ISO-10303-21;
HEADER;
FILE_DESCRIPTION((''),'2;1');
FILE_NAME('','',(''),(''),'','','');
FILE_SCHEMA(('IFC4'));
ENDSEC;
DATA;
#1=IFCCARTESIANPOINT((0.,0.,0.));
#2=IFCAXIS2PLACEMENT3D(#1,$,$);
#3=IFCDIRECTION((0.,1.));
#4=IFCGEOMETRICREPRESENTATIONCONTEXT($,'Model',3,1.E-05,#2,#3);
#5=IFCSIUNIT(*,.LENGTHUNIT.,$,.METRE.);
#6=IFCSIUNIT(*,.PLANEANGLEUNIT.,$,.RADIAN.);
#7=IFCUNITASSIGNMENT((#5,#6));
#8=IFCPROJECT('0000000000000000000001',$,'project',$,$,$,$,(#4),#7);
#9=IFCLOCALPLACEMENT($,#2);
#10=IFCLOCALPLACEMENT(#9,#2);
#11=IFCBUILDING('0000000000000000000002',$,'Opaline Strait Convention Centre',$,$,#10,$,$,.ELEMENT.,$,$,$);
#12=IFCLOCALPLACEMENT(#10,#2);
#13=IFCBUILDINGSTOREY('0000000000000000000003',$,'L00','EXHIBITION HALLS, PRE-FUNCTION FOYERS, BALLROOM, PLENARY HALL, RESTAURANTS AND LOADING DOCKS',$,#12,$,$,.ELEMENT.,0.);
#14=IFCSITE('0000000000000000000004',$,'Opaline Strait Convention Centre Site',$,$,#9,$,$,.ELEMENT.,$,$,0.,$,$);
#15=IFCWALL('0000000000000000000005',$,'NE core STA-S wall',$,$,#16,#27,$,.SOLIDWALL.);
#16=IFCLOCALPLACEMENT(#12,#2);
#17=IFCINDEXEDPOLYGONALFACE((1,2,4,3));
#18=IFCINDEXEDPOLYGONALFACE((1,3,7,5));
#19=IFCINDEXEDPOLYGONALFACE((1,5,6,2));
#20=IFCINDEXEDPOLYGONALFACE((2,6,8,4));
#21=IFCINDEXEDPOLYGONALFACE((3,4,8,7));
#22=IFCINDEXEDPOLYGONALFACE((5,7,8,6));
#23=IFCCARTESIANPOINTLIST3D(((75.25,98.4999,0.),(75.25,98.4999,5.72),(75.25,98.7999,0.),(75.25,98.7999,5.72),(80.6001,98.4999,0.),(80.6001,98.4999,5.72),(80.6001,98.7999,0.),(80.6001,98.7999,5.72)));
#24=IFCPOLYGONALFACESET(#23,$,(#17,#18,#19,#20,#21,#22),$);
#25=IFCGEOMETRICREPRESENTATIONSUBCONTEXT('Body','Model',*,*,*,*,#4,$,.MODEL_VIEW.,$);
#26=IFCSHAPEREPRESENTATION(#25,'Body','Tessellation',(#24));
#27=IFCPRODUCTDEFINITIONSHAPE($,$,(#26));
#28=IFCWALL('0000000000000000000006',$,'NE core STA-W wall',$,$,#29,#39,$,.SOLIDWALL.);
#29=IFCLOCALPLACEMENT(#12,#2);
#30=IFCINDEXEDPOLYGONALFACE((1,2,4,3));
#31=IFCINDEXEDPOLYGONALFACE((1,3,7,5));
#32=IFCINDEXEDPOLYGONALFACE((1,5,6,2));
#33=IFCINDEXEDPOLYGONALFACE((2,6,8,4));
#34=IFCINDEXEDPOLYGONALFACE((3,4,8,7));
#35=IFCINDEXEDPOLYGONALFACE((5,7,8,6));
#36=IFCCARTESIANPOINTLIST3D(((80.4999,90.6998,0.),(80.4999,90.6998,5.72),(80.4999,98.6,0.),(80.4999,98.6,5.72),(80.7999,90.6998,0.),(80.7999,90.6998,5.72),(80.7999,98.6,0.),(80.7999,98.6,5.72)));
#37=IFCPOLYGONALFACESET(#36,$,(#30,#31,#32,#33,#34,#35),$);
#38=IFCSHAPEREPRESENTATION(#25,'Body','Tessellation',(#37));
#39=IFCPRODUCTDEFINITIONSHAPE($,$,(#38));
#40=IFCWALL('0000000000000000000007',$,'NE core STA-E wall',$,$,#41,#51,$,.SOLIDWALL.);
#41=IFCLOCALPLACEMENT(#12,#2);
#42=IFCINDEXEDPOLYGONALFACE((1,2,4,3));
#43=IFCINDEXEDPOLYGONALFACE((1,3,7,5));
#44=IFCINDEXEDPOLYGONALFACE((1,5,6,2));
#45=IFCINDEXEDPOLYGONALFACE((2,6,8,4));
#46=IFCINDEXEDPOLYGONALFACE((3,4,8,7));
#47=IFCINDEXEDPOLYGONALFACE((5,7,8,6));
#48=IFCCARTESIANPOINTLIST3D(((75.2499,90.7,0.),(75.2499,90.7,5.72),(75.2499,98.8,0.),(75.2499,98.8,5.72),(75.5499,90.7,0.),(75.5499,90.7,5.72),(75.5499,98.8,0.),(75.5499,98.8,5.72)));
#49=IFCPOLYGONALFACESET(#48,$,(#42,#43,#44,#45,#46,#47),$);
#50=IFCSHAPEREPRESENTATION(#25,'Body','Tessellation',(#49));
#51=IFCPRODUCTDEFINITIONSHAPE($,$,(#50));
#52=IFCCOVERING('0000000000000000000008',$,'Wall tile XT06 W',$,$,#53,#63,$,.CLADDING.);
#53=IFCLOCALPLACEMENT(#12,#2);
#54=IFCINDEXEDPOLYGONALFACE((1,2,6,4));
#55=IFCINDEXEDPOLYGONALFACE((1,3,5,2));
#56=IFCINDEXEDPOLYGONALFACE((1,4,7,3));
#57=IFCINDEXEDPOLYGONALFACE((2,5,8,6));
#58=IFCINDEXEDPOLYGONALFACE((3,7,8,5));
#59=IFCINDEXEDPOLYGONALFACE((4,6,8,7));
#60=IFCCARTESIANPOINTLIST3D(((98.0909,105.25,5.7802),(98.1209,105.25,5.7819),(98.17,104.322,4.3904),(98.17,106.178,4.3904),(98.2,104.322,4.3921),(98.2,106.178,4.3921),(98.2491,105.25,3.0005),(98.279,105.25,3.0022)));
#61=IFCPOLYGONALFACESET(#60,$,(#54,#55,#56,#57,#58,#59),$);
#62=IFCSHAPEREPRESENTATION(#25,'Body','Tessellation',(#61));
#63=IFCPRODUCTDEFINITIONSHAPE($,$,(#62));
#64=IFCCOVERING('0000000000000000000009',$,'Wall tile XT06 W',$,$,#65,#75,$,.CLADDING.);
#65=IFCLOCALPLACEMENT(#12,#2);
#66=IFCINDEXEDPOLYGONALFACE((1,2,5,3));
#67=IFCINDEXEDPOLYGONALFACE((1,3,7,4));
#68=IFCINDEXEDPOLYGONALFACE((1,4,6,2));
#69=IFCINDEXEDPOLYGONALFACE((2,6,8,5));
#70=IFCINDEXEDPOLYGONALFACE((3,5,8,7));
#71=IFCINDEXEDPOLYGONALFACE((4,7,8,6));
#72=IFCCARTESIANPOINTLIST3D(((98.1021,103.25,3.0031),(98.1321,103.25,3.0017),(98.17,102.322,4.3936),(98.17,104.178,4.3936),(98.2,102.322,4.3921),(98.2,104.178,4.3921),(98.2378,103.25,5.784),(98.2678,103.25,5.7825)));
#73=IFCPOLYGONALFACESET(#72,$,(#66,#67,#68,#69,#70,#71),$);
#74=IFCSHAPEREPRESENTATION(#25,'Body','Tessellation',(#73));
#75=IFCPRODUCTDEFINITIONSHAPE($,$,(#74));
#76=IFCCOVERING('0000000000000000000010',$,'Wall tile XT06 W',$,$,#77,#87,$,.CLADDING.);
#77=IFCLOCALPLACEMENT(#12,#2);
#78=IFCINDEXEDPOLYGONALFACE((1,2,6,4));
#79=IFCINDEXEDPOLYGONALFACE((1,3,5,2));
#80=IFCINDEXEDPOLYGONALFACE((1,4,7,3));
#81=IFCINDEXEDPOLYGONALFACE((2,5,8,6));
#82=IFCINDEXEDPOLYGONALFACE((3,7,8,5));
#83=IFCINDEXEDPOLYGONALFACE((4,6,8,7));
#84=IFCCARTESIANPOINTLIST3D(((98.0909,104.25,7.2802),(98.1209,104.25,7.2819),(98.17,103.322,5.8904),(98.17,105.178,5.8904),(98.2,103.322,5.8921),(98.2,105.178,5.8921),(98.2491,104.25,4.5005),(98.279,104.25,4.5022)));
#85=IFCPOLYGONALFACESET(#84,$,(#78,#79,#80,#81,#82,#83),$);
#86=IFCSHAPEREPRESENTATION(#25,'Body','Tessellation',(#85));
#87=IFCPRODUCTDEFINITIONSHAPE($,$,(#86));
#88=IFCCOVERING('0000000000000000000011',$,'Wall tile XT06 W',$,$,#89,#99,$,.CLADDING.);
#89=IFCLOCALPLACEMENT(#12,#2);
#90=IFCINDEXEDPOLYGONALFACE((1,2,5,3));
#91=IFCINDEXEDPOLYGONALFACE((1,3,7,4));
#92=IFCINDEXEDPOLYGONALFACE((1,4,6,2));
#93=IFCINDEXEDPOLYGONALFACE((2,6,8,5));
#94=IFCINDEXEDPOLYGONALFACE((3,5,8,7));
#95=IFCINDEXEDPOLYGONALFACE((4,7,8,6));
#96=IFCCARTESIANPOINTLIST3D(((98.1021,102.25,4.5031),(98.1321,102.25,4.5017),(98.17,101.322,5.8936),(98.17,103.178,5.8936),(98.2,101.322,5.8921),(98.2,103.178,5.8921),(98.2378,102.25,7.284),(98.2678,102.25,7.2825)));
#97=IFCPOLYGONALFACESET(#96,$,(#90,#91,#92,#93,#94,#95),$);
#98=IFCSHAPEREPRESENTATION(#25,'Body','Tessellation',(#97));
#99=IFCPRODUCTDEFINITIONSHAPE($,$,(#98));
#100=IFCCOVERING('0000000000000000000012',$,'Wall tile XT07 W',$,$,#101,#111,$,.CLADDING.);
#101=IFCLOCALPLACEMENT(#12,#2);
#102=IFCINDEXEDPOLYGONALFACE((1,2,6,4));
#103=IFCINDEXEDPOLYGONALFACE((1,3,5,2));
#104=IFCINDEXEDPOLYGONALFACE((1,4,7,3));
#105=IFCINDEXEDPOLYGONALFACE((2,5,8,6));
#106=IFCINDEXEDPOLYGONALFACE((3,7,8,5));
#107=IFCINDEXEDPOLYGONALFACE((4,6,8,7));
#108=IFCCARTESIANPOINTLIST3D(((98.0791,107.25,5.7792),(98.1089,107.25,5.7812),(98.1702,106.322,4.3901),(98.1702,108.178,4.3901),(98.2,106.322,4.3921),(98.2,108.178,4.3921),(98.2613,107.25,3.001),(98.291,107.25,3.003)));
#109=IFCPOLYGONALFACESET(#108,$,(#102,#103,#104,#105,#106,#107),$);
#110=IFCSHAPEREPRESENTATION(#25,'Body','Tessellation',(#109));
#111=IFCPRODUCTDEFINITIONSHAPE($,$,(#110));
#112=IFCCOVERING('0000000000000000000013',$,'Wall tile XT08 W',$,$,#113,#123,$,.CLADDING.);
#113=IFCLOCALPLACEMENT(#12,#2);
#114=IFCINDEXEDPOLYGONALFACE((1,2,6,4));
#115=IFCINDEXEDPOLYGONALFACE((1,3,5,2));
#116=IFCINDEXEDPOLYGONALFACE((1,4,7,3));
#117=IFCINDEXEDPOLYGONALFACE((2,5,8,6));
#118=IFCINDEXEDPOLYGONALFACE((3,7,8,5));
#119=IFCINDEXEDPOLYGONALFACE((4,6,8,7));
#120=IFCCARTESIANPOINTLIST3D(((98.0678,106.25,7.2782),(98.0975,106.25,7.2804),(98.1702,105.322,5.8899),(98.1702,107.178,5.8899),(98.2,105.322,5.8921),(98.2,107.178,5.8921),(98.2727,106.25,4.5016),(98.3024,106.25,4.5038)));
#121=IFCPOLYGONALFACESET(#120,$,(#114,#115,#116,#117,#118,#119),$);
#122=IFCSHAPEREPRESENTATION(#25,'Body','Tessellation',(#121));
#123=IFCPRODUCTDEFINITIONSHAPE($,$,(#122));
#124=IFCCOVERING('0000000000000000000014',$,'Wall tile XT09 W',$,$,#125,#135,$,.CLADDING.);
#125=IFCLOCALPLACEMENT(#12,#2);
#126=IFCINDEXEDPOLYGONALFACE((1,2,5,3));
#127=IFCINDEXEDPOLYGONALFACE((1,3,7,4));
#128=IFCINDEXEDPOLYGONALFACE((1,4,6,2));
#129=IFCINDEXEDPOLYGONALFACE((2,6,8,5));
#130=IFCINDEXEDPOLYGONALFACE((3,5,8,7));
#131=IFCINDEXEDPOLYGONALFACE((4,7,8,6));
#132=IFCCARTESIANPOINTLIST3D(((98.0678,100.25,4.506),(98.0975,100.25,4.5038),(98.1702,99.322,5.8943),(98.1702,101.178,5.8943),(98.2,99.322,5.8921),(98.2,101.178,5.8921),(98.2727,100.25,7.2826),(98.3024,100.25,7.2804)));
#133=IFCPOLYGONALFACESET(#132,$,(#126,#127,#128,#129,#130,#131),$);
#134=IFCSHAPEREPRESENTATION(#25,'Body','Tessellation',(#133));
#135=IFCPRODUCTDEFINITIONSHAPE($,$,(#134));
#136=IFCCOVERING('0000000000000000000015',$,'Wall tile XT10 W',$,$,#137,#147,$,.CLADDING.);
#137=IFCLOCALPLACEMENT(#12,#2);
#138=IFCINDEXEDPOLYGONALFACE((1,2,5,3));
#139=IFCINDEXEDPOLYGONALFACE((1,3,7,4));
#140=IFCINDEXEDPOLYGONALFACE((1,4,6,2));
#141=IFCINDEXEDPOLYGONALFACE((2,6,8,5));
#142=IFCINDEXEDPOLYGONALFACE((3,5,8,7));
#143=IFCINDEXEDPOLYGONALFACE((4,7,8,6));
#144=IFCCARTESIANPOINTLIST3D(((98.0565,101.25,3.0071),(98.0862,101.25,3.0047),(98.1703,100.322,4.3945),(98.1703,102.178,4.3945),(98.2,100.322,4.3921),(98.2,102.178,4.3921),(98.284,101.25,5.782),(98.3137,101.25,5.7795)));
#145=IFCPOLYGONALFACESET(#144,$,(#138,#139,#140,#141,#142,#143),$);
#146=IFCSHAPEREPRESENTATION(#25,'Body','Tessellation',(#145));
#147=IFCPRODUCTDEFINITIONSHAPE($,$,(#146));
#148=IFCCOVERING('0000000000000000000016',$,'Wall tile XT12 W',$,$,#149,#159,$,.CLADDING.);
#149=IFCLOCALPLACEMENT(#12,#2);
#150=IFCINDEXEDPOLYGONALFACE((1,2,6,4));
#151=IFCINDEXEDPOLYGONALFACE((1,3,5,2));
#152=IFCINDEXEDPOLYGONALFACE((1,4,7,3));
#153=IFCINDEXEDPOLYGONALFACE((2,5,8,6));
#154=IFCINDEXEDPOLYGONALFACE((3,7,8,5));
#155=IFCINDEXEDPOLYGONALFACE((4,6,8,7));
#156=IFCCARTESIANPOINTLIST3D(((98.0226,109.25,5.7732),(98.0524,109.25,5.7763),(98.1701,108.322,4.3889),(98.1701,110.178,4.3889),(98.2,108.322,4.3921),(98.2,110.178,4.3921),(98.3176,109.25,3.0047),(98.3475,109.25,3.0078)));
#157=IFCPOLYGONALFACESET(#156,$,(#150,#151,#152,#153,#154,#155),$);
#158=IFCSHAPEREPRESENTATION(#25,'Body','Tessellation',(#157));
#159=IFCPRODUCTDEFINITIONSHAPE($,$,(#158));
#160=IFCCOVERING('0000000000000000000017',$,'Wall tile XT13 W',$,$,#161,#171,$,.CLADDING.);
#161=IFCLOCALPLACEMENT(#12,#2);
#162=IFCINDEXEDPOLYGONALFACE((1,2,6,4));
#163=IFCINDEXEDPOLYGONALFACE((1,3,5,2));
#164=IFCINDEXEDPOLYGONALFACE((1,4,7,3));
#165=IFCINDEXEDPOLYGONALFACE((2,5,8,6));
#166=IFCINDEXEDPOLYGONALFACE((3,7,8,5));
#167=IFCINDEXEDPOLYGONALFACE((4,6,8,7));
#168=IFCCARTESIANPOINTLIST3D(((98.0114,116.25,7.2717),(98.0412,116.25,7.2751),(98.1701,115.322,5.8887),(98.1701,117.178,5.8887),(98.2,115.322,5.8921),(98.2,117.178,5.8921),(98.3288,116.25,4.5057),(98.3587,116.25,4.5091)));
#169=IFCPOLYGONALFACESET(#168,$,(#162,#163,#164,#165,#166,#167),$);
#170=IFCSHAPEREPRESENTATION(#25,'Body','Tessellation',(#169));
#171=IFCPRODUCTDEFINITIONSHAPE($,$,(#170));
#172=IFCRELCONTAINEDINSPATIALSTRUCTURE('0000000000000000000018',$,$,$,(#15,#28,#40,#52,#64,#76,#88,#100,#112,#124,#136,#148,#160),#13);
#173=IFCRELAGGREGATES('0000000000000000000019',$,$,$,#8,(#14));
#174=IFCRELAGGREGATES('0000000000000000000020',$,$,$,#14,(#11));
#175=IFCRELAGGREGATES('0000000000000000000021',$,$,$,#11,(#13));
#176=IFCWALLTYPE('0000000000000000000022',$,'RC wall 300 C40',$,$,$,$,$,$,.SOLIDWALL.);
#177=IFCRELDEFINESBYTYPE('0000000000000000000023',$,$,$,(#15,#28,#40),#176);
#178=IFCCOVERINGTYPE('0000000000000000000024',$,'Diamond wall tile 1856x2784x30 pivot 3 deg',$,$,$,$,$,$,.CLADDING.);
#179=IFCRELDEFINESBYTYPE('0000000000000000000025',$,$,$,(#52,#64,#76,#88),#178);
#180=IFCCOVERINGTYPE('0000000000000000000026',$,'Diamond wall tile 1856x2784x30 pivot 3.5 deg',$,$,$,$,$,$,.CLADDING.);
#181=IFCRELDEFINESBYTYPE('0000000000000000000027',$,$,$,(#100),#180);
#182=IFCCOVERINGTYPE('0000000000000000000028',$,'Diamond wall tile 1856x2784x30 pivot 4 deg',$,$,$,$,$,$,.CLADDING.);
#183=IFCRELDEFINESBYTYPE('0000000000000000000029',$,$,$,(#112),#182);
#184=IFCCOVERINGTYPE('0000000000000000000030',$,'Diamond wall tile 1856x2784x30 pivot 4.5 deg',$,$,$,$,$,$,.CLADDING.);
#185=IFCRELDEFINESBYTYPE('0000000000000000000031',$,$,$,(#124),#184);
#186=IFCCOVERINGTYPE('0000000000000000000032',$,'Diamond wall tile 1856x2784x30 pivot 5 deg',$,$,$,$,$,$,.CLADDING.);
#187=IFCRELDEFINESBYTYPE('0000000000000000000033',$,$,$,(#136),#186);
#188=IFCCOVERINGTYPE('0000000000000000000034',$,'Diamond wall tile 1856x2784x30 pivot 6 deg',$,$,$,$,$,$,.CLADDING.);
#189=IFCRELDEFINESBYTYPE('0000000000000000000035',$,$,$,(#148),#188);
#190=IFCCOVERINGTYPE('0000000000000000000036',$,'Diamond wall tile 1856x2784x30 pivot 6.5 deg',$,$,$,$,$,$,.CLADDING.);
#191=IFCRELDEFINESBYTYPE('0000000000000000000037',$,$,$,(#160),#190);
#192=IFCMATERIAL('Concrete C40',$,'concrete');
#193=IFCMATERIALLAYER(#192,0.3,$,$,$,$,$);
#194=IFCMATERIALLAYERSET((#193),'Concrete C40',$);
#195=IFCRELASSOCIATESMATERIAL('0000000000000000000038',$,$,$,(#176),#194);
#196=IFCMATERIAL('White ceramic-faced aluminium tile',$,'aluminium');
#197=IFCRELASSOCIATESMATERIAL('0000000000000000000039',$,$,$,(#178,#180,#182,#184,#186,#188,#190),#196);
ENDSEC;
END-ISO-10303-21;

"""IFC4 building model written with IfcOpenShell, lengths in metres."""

from ifc_helpers import new_model, si_unit, direction, frame, frame_2d, origin, place, context, subcontext, project, spatial, polyline, rectangle, outline, extrude, material, layer, layer_set, material_profile, profile_set, type_object, element, save


model = new_model("IFC4")

# Units and contexts
model_context = context("Model", 3, precision=1e-05, world=origin(), true_north=direction((0.0, 1.0)))
body_context = subcontext(model_context, "Body", "Model", "MODEL_VIEW")
ifc_project = project(units=[si_unit("LENGTHUNIT", "METRE"), si_unit("PLANEANGLEUNIT", "RADIAN")], contexts=[model_context])

# Site, building, storey
site_placement = place(None, origin())
site = spatial("IfcSite", under=ifc_project, at=site_placement, Name="Opaline Strait Convention Centre Site", CompositionType="ELEMENT", RefElevation=0.0)
building_placement = place(site_placement, origin())
building = spatial("IfcBuilding", under=site, at=building_placement, Name="Opaline Strait Convention Centre", CompositionType="ELEMENT")
storey_placement = place(building_placement, origin())
storey = spatial("IfcBuildingStorey", under=building, at=storey_placement, Name="L00", Description="EXHIBITION HALLS, PRE-FUNCTION FOYERS, BALLROOM, PLENARY HALL, RESTAURANTS AND LOADING DOCKS", CompositionType="ELEMENT", Elevation=0.0)

# Shared definitions
ifc_material_1 = material(Name="Concrete C40", Category="concrete")

# Walls
ifc_layer = layer(ifc_material_1, 0.3)
ifc_layer_set = layer_set([ifc_layer], Name="Concrete C40")
wall_type = type_object("IfcWallType", Name="RC wall 300 C40", PredefinedType="SOLIDWALL", material=ifc_layer_set)
wall_1_placement = place(storey_placement, frame((80.6001, 98.6499, 0.0), z_axis=(0.0, 0.0, 1.0), x_axis=(-1.0, 0.0, 0.0)))
element("IfcWall", 1, at=wall_1_placement, inside=storey, type_object=wall_type, Name="NE core STA-S wall", PredefinedType="SOLIDWALL", context=body_context, shape_type="SweptSolid", body=[
    extrude(rectangle(XDim=5.3501, YDim=0.3, at=frame_2d((2.675, 0.0))), origin(), (0.0, 0.0, 1.0), 5.72),
])
wall_2_placement = place(storey_placement, frame((80.6499, 98.6001, 0.0), z_axis=(0.0, 0.0, 1.0), x_axis=(0.0, -1.0, 0.0)))
element("IfcWall", 2, at=wall_2_placement, inside=storey, type_object=wall_type, Name="NE core STA-W wall", PredefinedType="SOLIDWALL", context=body_context, shape_type="SweptSolid", body=[
    extrude(rectangle(XDim=7.9001, YDim=0.3, at=frame_2d((3.9502, 0.0))), origin(), (0.0, 0.0, 1.0), 5.72),
])
wall_3_placement = place(storey_placement, frame((75.3999, 98.8, 0.0), z_axis=(0.0, 0.0, 1.0), x_axis=(0.0, -1.0, 0.0)))
element("IfcWall", 3, at=wall_3_placement, inside=storey, type_object=wall_type, Name="NE core STA-E wall", PredefinedType="SOLIDWALL", context=body_context, shape_type="SweptSolid", body=[
    extrude(rectangle(XDim=8.1001, YDim=0.3, at=frame_2d((4.05, 0.0))), origin(), (0.0, 0.0, 1.0), 5.72),
])

# Coverings
ifc_material_2 = material(Name="White ceramic-faced aluminium tile", Category="aluminium")
ifc_material_profile_1 = material_profile(ifc_material_2, outline(polyline([(0.928, 0.0), (0.0, 1.3921), (-0.928, 0.0), (0.0, -1.3921), (0.928, 0.0)])), Name="Diamond tile 1856x2784")
ifc_profile_set_1 = profile_set([ifc_material_profile_1], Name="White ceramic-faced aluminium tile")
covering_type_1 = type_object("IfcCoveringType", Name="Diamond wall tile 1856x2784x30 pivot 3 deg", PredefinedType="CLADDING", material=ifc_profile_set_1)
for number, where, z_axis, x_axis, name in (
    (4, (98.2, 105.25, 4.3921), (-0.998385, 0.0, -0.056819), (0.0, -1.0, 0.0), "Wall tile XT06 W"),
    (5, (98.2, 103.25, 4.3921), (-0.998812, 0.0, 0.048723), (0.0, -1.0, 0.0), "Wall tile XT06 W"),
    (6, (98.2, 104.25, 5.8921), (-0.998385, 0.0, -0.056819), (0.0, -1.0, 0.0), "Wall tile XT06 W"),
    (7, (98.2, 102.25, 5.8921), (-0.998812, 0.0, 0.048723), (0.0, -1.0, 0.0), "Wall tile XT06 W"),
):
    element("IfcCovering", number, at=place(storey_placement, frame(where, z_axis=z_axis, x_axis=x_axis)), inside=storey, type_object=covering_type_1, Name=name, PredefinedType="CLADDING", context=body_context, shape_type="SweptSolid", body=[
        extrude(outline(polyline([(0.928, 0.0), (0.0, 1.3921), (-0.928, 0.0), (0.0, -1.3921), (0.928, 0.0)])), origin(), (0.0, 0.0, 1.0), 0.03),
    ])
ifc_material_profile_2 = material_profile(ifc_material_2, outline(polyline([(0.928, 0.0), (0.0, 1.3921), (-0.928, 0.0), (0.0, -1.3921), (0.928, 0.0)])), Name="Diamond tile 1856x2784")
ifc_profile_set_2 = profile_set([ifc_material_profile_2], Name="White ceramic-faced aluminium tile")
covering_type_2 = type_object("IfcCoveringType", Name="Diamond wall tile 1856x2784x30 pivot 3.5 deg", PredefinedType="CLADDING", material=ifc_profile_set_2)
covering_1_placement = place(storey_placement, frame((98.2, 107.25, 4.3921), z_axis=(-0.997857, 0.0, -0.065433), x_axis=(0.0, -1.0, 0.0)))
element("IfcCovering", 8, at=covering_1_placement, inside=storey, type_object=covering_type_2, Name="Wall tile XT07 W", PredefinedType="CLADDING", context=body_context, shape_type="SweptSolid", body=[
    extrude(outline(polyline([(0.928, 0.0), (0.0, 1.3921), (-0.928, 0.0), (0.0, -1.3921), (0.928, 0.0)])), origin(), (0.0, 0.0, 1.0), 0.0298),
])
ifc_material_profile_3 = material_profile(ifc_material_2, outline(polyline([(0.928, 0.0), (0.0, 1.3921), (-0.928, 0.0), (0.0, -1.3921), (0.928, 0.0)])), Name="Diamond tile 1856x2784")
ifc_profile_set_3 = profile_set([ifc_material_profile_3], Name="White ceramic-faced aluminium tile")
covering_type_3 = type_object("IfcCoveringType", Name="Diamond wall tile 1856x2784x30 pivot 4 deg", PredefinedType="CLADDING", material=ifc_profile_set_3)
covering_2_placement = place(storey_placement, frame((98.2, 106.25, 5.8921), z_axis=(-0.99729, 0.0, -0.073571), x_axis=(0.0, -1.0, 0.0)))
element("IfcCovering", 9, at=covering_2_placement, inside=storey, type_object=covering_type_3, Name="Wall tile XT08 W", PredefinedType="CLADDING", context=body_context, shape_type="SweptSolid", body=[
    extrude(outline(polyline([(0.928, 0.0), (0.0, 1.3921), (-0.928, 0.0), (0.0, -1.3921), (0.928, 0.0)])), origin(), (0.0, 0.0, 1.0), 0.0298),
])
ifc_material_profile_4 = material_profile(ifc_material_2, outline(polyline([(0.928, 0.0), (0.0, 1.3921), (-0.928, 0.0), (0.0, -1.3921), (0.928, 0.0)])), Name="Diamond tile 1856x2784")
ifc_profile_set_4 = profile_set([ifc_material_profile_4], Name="White ceramic-faced aluminium tile")
covering_type_4 = type_object("IfcCoveringType", Name="Diamond wall tile 1856x2784x30 pivot 4.5 deg", PredefinedType="CLADDING", material=ifc_profile_set_4)
covering_3_placement = place(storey_placement, frame((98.2, 100.25, 5.8921), z_axis=(-0.99729, 0.0, 0.073571), x_axis=(0.0, -1.0, 0.0)))
element("IfcCovering", 10, at=covering_3_placement, inside=storey, type_object=covering_type_4, Name="Wall tile XT09 W", PredefinedType="CLADDING", context=body_context, shape_type="SweptSolid", body=[
    extrude(outline(polyline([(0.928, 0.0), (0.0, 1.3921), (-0.928, 0.0), (0.0, -1.3921), (0.928, 0.0)])), origin(), (0.0, 0.0, 1.0), 0.0298),
])
ifc_material_profile_5 = material_profile(ifc_material_2, outline(polyline([(0.928, 0.0), (0.0, 1.3921), (-0.928, 0.0), (0.0, -1.3921), (0.928, 0.0)])), Name="Diamond tile 1856x2784")
ifc_profile_set_5 = profile_set([ifc_material_profile_5], Name="White ceramic-faced aluminium tile")
covering_type_5 = type_object("IfcCoveringType", Name="Diamond wall tile 1856x2784x30 pivot 5 deg", PredefinedType="CLADDING", material=ifc_profile_set_5)
covering_4_placement = place(storey_placement, frame((98.2, 101.25, 4.3921), z_axis=(-0.996658, 0.0, 0.081693), x_axis=(0.0, -1.0, 0.0)))
element("IfcCovering", 11, at=covering_4_placement, inside=storey, type_object=covering_type_5, Name="Wall tile XT10 W", PredefinedType="CLADDING", context=body_context, shape_type="SweptSolid", body=[
    extrude(outline(polyline([(0.928, 0.0), (0.0, 1.3921), (-0.928, 0.0), (0.0, -1.3921), (0.928, 0.0)])), origin(), (0.0, 0.0, 1.0), 0.0298),
])
ifc_material_profile_6 = material_profile(ifc_material_2, outline(polyline([(0.928, 0.0), (0.0, 1.3921), (-0.928, 0.0), (0.0, -1.3921), (0.928, 0.0)])), Name="Diamond tile 1856x2784")
ifc_profile_set_6 = profile_set([ifc_material_profile_6], Name="White ceramic-faced aluminium tile")
covering_type_6 = type_object("IfcCoveringType", Name="Diamond wall tile 1856x2784x30 pivot 6 deg", PredefinedType="CLADDING", material=ifc_profile_set_6)
covering_5_placement = place(storey_placement, frame((98.2, 109.25, 4.3921), z_axis=(-0.994371, 0.0, -0.105958), x_axis=(0.0, -1.0, 0.0)))
element("IfcCovering", 12, at=covering_5_placement, inside=storey, type_object=covering_type_6, Name="Wall tile XT12 W", PredefinedType="CLADDING", context=body_context, shape_type="SweptSolid", body=[
    extrude(outline(polyline([(0.928, 0.0), (0.0, 1.3921), (-0.928, 0.0), (0.0, -1.3921), (0.928, 0.0)])), origin(), (0.0, 0.0, 1.0), 0.03),
])
ifc_material_profile_7 = material_profile(ifc_material_2, outline(polyline([(0.928, 0.0), (0.0, 1.3921), (-0.928, 0.0), (0.0, -1.3921), (0.928, 0.0)])), Name="Diamond tile 1856x2784")
ifc_profile_set_7 = profile_set([ifc_material_profile_7], Name="White ceramic-faced aluminium tile")
covering_type_7 = type_object("IfcCoveringType", Name="Diamond wall tile 1856x2784x30 pivot 6.5 deg", PredefinedType="CLADDING", material=ifc_profile_set_7)
covering_6_placement = place(storey_placement, frame((98.2, 116.25, 5.8921), z_axis=(-0.99348, 0.0, -0.114006), x_axis=(0.0, -1.0, 0.0)))
element("IfcCovering", 13, at=covering_6_placement, inside=storey, type_object=covering_type_7, Name="Wall tile XT13 W", PredefinedType="CLADDING", context=body_context, shape_type="SweptSolid", body=[
    extrude(outline(polyline([(0.928, 0.0), (0.0, 1.3921), (-0.928, 0.0), (0.0, -1.3921), (0.928, 0.0)])), origin(), (0.0, 0.0, 1.0), 0.03),
])

save(model, "model.ifc")
